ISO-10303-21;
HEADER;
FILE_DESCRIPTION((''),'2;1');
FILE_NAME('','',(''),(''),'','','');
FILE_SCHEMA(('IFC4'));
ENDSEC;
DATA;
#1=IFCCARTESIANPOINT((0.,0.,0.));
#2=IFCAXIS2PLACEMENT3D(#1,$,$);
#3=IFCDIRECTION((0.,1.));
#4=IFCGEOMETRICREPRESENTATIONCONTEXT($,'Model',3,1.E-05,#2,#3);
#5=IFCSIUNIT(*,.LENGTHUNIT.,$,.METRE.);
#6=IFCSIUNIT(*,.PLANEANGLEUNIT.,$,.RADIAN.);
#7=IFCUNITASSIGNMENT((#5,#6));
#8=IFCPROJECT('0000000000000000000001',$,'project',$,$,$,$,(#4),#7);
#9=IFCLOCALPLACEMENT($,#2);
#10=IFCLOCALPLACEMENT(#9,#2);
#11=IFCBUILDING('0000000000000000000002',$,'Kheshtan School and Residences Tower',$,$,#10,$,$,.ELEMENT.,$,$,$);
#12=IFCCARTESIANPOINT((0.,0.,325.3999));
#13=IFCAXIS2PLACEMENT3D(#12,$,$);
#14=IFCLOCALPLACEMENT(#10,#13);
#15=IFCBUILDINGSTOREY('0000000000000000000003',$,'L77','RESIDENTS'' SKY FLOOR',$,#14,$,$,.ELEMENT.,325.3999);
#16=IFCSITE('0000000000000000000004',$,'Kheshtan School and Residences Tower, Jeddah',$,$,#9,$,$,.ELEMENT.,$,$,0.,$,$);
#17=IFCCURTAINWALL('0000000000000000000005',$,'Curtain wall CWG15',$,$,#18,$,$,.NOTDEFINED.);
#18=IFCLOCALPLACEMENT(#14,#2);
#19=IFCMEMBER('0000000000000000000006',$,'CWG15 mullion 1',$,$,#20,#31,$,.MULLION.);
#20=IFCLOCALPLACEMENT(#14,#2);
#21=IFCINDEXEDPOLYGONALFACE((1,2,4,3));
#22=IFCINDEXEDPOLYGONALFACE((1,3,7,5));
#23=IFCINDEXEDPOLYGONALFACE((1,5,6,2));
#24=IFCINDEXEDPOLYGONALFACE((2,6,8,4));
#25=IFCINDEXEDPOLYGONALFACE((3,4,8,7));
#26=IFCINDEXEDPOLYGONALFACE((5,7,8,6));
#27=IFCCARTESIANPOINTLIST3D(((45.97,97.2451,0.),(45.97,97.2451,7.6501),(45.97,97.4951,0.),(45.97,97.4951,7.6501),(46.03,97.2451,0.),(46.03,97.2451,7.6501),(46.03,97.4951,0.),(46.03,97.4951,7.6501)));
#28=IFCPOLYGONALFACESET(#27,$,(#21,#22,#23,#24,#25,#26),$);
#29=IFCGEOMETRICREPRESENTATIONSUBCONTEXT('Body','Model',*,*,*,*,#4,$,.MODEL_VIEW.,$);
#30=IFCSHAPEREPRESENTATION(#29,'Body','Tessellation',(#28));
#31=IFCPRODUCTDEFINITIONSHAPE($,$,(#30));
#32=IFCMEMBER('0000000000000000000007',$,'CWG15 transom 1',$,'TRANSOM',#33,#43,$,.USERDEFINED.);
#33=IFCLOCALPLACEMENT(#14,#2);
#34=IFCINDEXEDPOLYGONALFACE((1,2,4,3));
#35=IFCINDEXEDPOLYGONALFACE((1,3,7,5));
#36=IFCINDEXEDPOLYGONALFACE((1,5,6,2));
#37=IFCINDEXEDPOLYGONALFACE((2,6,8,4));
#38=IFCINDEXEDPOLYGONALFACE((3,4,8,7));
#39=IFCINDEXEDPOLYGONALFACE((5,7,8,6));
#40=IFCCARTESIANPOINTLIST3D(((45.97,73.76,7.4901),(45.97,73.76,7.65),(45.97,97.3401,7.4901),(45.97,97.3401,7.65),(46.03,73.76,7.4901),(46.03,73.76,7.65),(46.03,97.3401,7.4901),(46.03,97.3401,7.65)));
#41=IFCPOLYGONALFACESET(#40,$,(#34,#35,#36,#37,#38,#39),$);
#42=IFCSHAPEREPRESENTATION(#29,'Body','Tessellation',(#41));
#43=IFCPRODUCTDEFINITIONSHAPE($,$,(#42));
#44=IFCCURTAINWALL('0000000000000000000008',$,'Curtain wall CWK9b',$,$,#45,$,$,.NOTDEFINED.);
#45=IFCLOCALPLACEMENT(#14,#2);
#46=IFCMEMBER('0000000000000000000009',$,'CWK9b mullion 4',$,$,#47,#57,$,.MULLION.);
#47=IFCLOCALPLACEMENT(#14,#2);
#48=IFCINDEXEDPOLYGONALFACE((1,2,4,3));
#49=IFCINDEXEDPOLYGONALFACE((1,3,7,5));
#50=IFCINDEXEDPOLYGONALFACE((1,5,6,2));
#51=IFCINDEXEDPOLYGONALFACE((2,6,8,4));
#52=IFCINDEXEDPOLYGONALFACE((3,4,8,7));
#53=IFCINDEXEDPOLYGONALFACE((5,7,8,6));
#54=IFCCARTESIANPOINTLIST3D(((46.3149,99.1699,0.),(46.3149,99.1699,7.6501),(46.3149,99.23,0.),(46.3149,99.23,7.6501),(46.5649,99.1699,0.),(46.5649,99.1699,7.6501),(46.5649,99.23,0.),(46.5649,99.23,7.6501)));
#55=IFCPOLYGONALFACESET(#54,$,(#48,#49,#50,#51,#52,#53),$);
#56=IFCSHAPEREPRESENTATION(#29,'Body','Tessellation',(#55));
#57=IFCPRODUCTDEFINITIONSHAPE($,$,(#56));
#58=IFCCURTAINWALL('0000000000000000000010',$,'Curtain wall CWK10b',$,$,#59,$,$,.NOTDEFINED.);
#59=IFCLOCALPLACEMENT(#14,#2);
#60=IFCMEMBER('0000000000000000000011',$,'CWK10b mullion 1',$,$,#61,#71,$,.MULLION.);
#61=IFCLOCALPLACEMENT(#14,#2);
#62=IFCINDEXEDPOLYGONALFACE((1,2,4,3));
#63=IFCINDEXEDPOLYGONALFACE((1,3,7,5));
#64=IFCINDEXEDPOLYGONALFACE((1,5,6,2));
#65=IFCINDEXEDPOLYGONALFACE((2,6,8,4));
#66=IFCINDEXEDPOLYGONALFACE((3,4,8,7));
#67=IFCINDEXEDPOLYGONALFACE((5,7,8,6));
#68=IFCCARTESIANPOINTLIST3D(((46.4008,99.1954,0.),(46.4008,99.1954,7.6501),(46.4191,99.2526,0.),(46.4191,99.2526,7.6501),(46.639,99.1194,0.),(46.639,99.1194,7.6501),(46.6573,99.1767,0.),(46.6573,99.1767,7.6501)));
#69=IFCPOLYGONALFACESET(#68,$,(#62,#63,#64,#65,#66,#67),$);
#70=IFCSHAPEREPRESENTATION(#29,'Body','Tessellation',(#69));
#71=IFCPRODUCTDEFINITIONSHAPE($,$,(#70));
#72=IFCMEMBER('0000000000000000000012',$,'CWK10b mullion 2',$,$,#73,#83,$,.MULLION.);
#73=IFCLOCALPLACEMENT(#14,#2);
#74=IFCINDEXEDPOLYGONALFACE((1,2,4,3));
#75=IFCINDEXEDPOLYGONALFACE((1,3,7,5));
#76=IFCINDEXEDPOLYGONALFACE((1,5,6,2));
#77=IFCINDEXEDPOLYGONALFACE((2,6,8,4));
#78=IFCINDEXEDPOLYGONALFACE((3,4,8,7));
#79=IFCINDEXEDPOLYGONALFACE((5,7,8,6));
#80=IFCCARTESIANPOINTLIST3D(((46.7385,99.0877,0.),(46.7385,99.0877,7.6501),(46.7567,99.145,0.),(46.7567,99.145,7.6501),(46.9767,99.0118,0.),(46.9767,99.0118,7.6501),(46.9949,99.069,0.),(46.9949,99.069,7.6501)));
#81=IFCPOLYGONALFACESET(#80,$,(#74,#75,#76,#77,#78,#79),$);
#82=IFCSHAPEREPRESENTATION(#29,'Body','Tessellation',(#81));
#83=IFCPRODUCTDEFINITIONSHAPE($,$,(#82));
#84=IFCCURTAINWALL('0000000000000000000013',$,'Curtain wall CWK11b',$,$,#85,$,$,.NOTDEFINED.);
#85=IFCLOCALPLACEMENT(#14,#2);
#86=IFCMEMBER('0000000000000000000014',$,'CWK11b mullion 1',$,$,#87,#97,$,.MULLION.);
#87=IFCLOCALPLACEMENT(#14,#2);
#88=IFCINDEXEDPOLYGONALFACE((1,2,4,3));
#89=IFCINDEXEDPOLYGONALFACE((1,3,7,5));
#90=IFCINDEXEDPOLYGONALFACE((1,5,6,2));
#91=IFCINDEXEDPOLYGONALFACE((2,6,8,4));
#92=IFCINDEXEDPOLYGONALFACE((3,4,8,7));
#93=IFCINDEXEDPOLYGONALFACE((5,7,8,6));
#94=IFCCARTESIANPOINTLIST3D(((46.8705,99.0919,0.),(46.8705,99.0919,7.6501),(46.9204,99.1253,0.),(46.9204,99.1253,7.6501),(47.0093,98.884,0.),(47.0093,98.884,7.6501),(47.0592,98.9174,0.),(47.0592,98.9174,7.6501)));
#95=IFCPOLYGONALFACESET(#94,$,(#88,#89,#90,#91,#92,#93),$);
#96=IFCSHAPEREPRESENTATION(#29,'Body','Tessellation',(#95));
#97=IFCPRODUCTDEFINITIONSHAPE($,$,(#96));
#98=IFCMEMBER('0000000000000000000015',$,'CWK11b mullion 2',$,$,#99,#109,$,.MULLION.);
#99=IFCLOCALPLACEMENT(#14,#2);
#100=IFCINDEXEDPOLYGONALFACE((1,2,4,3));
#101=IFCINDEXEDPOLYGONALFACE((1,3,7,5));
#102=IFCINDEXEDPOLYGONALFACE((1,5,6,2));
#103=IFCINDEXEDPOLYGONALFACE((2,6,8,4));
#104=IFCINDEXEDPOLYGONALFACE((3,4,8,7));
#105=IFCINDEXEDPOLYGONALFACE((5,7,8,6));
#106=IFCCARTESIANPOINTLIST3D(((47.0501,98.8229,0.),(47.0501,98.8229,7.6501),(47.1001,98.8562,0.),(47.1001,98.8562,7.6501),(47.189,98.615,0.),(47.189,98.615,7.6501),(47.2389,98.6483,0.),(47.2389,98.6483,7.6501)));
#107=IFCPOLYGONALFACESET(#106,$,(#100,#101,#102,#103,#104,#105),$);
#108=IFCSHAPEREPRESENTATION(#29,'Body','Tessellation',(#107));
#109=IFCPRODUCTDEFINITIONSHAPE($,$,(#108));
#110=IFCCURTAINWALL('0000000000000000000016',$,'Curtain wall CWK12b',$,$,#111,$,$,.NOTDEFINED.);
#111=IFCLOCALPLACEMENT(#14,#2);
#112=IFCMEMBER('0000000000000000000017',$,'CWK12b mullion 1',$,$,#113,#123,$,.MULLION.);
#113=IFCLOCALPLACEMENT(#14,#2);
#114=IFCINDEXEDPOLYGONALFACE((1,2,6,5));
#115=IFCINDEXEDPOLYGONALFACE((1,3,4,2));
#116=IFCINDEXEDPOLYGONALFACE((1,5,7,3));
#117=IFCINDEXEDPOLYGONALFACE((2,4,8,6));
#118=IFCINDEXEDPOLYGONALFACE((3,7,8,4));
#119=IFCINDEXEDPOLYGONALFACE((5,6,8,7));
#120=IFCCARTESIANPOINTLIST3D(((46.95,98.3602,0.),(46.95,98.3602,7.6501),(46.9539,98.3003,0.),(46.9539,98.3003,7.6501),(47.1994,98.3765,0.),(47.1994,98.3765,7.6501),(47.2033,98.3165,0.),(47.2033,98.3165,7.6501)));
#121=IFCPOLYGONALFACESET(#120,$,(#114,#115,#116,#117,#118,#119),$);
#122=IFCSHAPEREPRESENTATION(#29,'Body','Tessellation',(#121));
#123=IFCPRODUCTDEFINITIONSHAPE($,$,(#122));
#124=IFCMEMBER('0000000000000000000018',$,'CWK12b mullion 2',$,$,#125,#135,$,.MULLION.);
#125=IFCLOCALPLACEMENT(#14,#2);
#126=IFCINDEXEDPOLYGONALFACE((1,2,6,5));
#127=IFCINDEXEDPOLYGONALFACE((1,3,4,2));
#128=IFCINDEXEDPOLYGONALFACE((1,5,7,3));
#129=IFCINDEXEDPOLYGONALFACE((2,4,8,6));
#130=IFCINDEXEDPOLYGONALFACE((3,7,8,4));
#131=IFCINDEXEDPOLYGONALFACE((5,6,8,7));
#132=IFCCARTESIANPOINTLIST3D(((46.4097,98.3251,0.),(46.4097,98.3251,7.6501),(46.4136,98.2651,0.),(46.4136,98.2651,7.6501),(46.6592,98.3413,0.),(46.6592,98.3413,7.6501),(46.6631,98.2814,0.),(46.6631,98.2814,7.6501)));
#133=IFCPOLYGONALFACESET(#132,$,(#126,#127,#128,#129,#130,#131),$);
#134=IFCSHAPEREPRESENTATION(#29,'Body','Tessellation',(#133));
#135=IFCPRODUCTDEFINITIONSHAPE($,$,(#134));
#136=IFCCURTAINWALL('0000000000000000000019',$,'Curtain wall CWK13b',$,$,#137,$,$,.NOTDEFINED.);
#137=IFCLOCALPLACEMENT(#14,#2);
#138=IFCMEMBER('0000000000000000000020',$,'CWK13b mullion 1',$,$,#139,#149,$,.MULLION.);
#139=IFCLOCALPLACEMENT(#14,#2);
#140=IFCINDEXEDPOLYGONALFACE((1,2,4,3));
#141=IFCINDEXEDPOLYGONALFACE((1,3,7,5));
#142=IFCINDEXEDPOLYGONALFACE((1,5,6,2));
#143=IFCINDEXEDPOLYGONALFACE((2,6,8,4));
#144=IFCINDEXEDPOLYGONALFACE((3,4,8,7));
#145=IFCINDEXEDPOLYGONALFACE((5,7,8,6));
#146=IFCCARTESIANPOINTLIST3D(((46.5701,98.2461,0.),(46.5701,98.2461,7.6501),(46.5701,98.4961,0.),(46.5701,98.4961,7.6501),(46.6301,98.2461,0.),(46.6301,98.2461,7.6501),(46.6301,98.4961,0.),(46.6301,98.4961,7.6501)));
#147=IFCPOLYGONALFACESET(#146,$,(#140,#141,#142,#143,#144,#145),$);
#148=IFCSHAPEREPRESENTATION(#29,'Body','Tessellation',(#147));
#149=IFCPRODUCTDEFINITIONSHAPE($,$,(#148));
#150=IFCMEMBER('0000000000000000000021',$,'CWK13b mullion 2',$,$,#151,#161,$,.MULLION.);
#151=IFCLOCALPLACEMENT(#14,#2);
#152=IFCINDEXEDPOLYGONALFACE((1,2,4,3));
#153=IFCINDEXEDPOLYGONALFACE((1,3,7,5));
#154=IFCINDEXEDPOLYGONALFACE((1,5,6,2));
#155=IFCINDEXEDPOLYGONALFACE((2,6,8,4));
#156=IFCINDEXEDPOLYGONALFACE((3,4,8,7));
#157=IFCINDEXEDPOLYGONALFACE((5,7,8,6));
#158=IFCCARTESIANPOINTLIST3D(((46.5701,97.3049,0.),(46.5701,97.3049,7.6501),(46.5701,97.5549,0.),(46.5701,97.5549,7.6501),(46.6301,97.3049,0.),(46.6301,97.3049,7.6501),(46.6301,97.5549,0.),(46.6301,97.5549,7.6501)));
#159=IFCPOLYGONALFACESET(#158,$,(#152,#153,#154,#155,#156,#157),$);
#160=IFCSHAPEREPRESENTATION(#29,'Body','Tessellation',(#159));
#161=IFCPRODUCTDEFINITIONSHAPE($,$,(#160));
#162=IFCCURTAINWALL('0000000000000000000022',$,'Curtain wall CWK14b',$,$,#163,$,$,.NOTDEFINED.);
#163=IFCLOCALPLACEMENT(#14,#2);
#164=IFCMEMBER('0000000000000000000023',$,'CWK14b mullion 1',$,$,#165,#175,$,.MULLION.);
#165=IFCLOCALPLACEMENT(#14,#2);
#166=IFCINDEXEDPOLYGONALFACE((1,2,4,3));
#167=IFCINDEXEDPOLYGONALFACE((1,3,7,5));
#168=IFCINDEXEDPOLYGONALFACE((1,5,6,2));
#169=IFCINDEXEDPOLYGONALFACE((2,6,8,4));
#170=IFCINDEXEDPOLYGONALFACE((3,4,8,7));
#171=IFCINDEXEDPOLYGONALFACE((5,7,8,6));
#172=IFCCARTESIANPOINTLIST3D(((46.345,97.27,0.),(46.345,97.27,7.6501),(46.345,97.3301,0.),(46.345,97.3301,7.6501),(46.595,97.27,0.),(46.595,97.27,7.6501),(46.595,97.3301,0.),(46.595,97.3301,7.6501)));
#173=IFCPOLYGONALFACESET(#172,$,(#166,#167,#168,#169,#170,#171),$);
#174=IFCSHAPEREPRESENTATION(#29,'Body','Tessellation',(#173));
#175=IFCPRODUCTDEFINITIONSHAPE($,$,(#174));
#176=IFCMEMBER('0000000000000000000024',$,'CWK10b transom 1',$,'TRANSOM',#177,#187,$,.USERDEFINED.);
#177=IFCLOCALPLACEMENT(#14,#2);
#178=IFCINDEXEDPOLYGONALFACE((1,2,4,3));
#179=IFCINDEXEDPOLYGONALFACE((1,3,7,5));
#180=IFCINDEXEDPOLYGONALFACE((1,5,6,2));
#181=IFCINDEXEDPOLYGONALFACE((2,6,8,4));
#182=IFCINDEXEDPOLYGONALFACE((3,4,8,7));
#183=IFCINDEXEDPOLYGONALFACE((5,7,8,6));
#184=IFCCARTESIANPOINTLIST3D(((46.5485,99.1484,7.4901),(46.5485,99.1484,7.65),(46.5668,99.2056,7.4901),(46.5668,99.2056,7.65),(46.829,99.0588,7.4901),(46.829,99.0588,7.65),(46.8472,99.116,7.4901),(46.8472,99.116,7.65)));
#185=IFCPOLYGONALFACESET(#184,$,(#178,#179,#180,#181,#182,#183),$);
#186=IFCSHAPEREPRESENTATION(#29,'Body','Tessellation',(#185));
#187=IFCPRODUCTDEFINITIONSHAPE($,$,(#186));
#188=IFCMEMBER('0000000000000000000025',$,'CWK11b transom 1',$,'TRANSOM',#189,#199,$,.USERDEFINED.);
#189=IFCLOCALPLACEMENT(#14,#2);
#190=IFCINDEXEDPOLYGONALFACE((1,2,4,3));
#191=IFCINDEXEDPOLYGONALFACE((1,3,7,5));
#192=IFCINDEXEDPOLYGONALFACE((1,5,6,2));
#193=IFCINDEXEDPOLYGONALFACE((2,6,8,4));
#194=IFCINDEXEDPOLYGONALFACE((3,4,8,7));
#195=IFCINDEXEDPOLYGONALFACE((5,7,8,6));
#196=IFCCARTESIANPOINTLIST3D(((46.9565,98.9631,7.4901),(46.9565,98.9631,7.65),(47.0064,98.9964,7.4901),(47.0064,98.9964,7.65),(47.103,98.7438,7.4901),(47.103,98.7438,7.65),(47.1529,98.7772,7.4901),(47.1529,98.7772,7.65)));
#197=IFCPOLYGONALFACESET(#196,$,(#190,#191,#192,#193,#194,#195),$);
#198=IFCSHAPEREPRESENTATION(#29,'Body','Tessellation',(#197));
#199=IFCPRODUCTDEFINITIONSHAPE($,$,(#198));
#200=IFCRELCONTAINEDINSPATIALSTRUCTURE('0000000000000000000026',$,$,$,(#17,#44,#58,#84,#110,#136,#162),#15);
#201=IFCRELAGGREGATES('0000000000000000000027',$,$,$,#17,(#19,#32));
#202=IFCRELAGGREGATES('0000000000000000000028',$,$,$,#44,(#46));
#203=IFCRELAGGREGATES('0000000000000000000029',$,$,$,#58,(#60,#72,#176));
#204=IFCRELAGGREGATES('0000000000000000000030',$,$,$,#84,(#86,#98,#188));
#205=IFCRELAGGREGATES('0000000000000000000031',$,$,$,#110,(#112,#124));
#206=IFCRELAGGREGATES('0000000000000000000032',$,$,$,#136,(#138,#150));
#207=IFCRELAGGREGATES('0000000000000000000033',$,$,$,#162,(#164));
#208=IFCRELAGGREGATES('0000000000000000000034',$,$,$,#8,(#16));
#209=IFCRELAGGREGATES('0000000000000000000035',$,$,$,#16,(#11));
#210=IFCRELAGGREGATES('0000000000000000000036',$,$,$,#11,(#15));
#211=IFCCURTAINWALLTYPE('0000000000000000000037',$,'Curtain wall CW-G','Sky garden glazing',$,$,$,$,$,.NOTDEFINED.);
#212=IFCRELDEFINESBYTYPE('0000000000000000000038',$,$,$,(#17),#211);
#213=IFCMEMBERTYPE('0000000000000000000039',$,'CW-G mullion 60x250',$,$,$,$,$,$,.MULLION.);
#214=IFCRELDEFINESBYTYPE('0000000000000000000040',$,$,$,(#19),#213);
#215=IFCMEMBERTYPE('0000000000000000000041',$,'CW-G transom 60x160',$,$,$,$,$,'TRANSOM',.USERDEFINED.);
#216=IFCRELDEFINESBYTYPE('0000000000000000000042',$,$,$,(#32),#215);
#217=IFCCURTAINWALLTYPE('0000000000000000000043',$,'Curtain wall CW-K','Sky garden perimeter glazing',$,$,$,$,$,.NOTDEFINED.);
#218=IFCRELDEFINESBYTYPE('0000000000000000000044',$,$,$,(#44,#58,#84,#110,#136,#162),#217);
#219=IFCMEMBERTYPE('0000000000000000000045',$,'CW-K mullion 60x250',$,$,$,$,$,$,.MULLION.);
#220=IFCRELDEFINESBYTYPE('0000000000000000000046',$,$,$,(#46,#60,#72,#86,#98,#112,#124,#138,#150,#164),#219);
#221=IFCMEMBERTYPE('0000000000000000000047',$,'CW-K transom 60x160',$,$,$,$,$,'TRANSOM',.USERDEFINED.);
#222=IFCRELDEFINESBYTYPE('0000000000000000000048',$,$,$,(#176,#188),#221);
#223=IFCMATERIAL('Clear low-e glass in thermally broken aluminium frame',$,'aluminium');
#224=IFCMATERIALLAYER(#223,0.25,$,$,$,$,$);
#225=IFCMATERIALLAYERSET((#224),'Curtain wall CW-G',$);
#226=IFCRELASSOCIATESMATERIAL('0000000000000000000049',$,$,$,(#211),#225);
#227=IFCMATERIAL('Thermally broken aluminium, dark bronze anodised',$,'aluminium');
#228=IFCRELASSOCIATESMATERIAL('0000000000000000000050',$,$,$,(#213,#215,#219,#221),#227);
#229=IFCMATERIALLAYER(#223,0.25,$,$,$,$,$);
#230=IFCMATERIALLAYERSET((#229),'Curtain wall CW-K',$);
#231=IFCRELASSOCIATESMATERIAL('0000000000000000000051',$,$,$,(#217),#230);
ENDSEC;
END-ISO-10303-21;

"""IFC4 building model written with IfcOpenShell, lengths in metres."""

from ifc_helpers import new_model, si_unit, direction, frame, origin, origin_2d, place, context, subcontext, project, spatial, rectangle, extrude, material, layer, layer_set, material_profile, profile_set, type_object, element, aggregate, save


model = new_model("IFC4")

# Units and contexts
model_context = context("Model", 3, precision=1e-05, world=origin(), true_north=direction((0.0, 1.0)))
body_context = subcontext(model_context, "Body", "Model", "MODEL_VIEW")
ifc_project = project(units=[si_unit("LENGTHUNIT", "METRE"), si_unit("PLANEANGLEUNIT", "RADIAN")], contexts=[model_context])

# Site, building, storey
site_placement = place(None, origin())
site = spatial("IfcSite", under=ifc_project, at=site_placement, Name="Kheshtan School and Residences Tower, Jeddah", CompositionType="ELEMENT", RefElevation=0.0)
building_placement = place(site_placement, origin())
building = spatial("IfcBuilding", under=site, at=building_placement, Name="Kheshtan School and Residences Tower", CompositionType="ELEMENT")
storey_placement = place(building_placement, frame((0.0, 0.0, 325.3999)))
storey = spatial("IfcBuildingStorey", under=building, at=storey_placement, Name="L77", Description="RESIDENTS' SKY FLOOR", CompositionType="ELEMENT", Elevation=325.3999)

# Curtain wall, members
ifc_material_1 = material(Name="Clear low-e glass in thermally broken aluminium frame", Category="aluminium")
ifc_layer_1 = layer(ifc_material_1, 0.25)
ifc_layer_set_1 = layer_set([ifc_layer_1], Name="Curtain wall CW-G")
curtain_wall_type_1 = type_object("IfcCurtainWallType", Name="Curtain wall CW-G", Description="Sky garden glazing", PredefinedType="NOTDEFINED", material=ifc_layer_set_1)
curtain_wall_1_placement = place(storey_placement, origin())
curtain_wall_1 = element("IfcCurtainWall", 1, at=curtain_wall_1_placement, inside=storey, type_object=curtain_wall_type_1, Name="Curtain wall CWG15", PredefinedType="NOTDEFINED")
ifc_material_2 = material(Name="Thermally broken aluminium, dark bronze anodised", Category="aluminium")
ifc_material_profile_1 = material_profile(ifc_material_2, rectangle(XDim=0.0601, YDim=0.25, at=origin_2d()), Name="CW-G mullion 60x250")
ifc_profile_set_1 = profile_set([ifc_material_profile_1], Name="Thermally broken aluminium, dark bronze anodised")
member_type_1 = type_object("IfcMemberType", Name="CW-G mullion 60x250", PredefinedType="MULLION", material=ifc_profile_set_1)
member_1_placement = place(storey_placement, frame((46.0, 97.3701, 0.0), z_axis=(0.0, 0.0, 1.0), x_axis=(1.0, 0.0, 0.0)))
member_1 = element("IfcMember", 2, at=member_1_placement, type_object=member_type_1, Name="CWG15 mullion 1", PredefinedType="MULLION", context=body_context, shape_type="SweptSolid", body=[
    extrude(rectangle(XDim=0.0601, YDim=0.25, at=origin_2d()), origin(), (0.0, 0.0, 1.0), 7.6501),
])
ifc_material_profile_2 = material_profile(ifc_material_2, rectangle(XDim=0.0601, YDim=0.1599, at=origin_2d()), Name="CW-G transom 60x160")
ifc_profile_set_2 = profile_set([ifc_material_profile_2], Name="Thermally broken aluminium, dark bronze anodised")
member_type_2 = type_object("IfcMemberType", Name="CW-G transom 60x160", ElementType="TRANSOM", PredefinedType="USERDEFINED", material=ifc_profile_set_2)
member_2_placement = place(storey_placement, frame((46.0, 97.3401, 7.5701), z_axis=(0.0, -1.0, 0.0), x_axis=(1.0, 0.0, 0.0)))
member_2 = element("IfcMember", 3, at=member_2_placement, type_object=member_type_2, Name="CWG15 transom 1", ObjectType="TRANSOM", PredefinedType="USERDEFINED", context=body_context, shape_type="SweptSolid", body=[
    extrude(rectangle(XDim=0.0601, YDim=0.1599, at=origin_2d()), origin(), (0.0, 0.0, 1.0), 23.5801),
])
aggregate(curtain_wall_1, [member_1, member_2])

# Curtain wall, member
ifc_layer_2 = layer(ifc_material_1, 0.25)
ifc_layer_set_2 = layer_set([ifc_layer_2], Name="Curtain wall CW-K")
curtain_wall_type_2 = type_object("IfcCurtainWallType", Name="Curtain wall CW-K", Description="Sky garden perimeter glazing", PredefinedType="NOTDEFINED", material=ifc_layer_set_2)
curtain_wall_2_placement = place(storey_placement, origin())
curtain_wall_2 = element("IfcCurtainWall", 4, at=curtain_wall_2_placement, inside=storey, type_object=curtain_wall_type_2, Name="Curtain wall CWK9b", PredefinedType="NOTDEFINED")
ifc_material_profile_3 = material_profile(ifc_material_2, rectangle(XDim=0.0601, YDim=0.25, at=origin_2d()), Name="CW-K mullion 60x250")
ifc_profile_set_3 = profile_set([ifc_material_profile_3], Name="Thermally broken aluminium, dark bronze anodised")
member_type_3 = type_object("IfcMemberType", Name="CW-K mullion 60x250", PredefinedType="MULLION", material=ifc_profile_set_3)
member_3_placement = place(storey_placement, frame((46.4399, 99.2, 0.0), z_axis=(0.0, 0.0, 1.0), x_axis=(0.0, 1.0, 0.0)))
member_3 = element("IfcMember", 5, at=member_3_placement, type_object=member_type_3, Name="CWK9b mullion 4", PredefinedType="MULLION", context=body_context, shape_type="SweptSolid", body=[
    extrude(rectangle(XDim=0.0601, YDim=0.25, at=origin_2d()), origin(), (0.0, 0.0, 1.0), 7.6501),
])
aggregate(curtain_wall_2, [member_3])

# Curtain walls, members
curtain_wall_3_placement = place(storey_placement, origin())
curtain_wall_3 = element("IfcCurtainWall", 6, at=curtain_wall_3_placement, inside=storey, type_object=curtain_wall_type_2, Name="Curtain wall CWK10b", PredefinedType="NOTDEFINED")
member_4_placement = place(storey_placement, frame((46.5291, 99.186, 0.0), z_axis=(0.0, 0.0, 1.0), x_axis=(0.3039, 0.952704, 0.0)))
member_4 = element("IfcMember", 7, at=member_4_placement, type_object=member_type_3, Name="CWK10b mullion 1", PredefinedType="MULLION", context=body_context, shape_type="SweptSolid", body=[
    extrude(rectangle(XDim=0.0601, YDim=0.25, at=origin_2d()), origin(), (0.0, 0.0, 1.0), 7.6501),
])
member_5_placement = place(storey_placement, frame((46.8667, 99.0784, 0.0), z_axis=(0.0, 0.0, 1.0), x_axis=(0.3039, 0.952704, 0.0)))
member_5 = element("IfcMember", 8, at=member_5_placement, type_object=member_type_3, Name="CWK10b mullion 2", PredefinedType="MULLION", context=body_context, shape_type="SweptSolid", body=[
    extrude(rectangle(XDim=0.0601, YDim=0.25, at=origin_2d()), origin(), (0.0, 0.0, 1.0), 7.6501),
])
curtain_wall_4_placement = place(storey_placement, origin())
curtain_wall_4 = element("IfcCurtainWall", 9, at=curtain_wall_4_placement, inside=storey, type_object=curtain_wall_type_2, Name="Curtain wall CWK11b", PredefinedType="NOTDEFINED")
member_6_placement = place(storey_placement, frame((46.9648, 99.0046, 0.0), z_axis=(0.0, 0.0, 1.0), x_axis=(0.831649, 0.555302, 0.0)))
member_6 = element("IfcMember", 10, at=member_6_placement, type_object=member_type_3, Name="CWK11b mullion 1", PredefinedType="MULLION", context=body_context, shape_type="SweptSolid", body=[
    extrude(rectangle(XDim=0.0601, YDim=0.25, at=origin_2d()), origin(), (0.0, 0.0, 1.0), 7.6501),
])
member_7_placement = place(storey_placement, frame((47.1445, 98.7356, 0.0), z_axis=(0.0, 0.0, 1.0), x_axis=(0.831649, 0.555302, 0.0)))
member_7 = element("IfcMember", 11, at=member_7_placement, type_object=member_type_3, Name="CWK11b mullion 2", PredefinedType="MULLION", context=body_context, shape_type="SweptSolid", body=[
    extrude(rectangle(XDim=0.0601, YDim=0.25, at=origin_2d()), origin(), (0.0, 0.0, 1.0), 7.6501),
])
curtain_wall_5_placement = place(storey_placement, origin())
curtain_wall_5 = element("IfcCurtainWall", 12, at=curtain_wall_5_placement, inside=storey, type_object=curtain_wall_type_2, Name="Curtain wall CWK12b", PredefinedType="NOTDEFINED")
member_8_placement = place(storey_placement, frame((47.0767, 98.3384, 0.0), z_axis=(0.0, 0.0, 1.0), x_axis=(0.064863, -0.997894, 0.0)))
member_8 = element("IfcMember", 13, at=member_8_placement, type_object=member_type_3, Name="CWK12b mullion 1", PredefinedType="MULLION", context=body_context, shape_type="SweptSolid", body=[
    extrude(rectangle(XDim=0.0601, YDim=0.25, at=origin_2d()), origin(), (0.0, 0.0, 1.0), 7.6501),
])
member_9_placement = place(storey_placement, frame((46.5364, 98.3032, 0.0), z_axis=(0.0, 0.0, 1.0), x_axis=(0.064863, -0.997894, 0.0)))
member_9 = element("IfcMember", 14, at=member_9_placement, type_object=member_type_3, Name="CWK12b mullion 2", PredefinedType="MULLION", context=body_context, shape_type="SweptSolid", body=[
    extrude(rectangle(XDim=0.0601, YDim=0.25, at=origin_2d()), origin(), (0.0, 0.0, 1.0), 7.6501),
])
curtain_wall_6_placement = place(storey_placement, origin())
curtain_wall_6 = element("IfcCurtainWall", 15, at=curtain_wall_6_placement, inside=storey, type_object=curtain_wall_type_2, Name="Curtain wall CWK13b", PredefinedType="NOTDEFINED")
member_10_placement = place(storey_placement, frame((46.6001, 98.3711, 0.0), z_axis=(0.0, 0.0, 1.0), x_axis=(1.0, 0.0, 0.0)))
member_10 = element("IfcMember", 16, at=member_10_placement, type_object=member_type_3, Name="CWK13b mullion 1", PredefinedType="MULLION", context=body_context, shape_type="SweptSolid", body=[
    extrude(rectangle(XDim=0.0601, YDim=0.25, at=origin_2d()), origin(), (0.0, 0.0, 1.0), 7.6501),
])
member_11_placement = place(storey_placement, frame((46.6001, 97.4299, 0.0), z_axis=(0.0, 0.0, 1.0), x_axis=(1.0, 0.0, 0.0)))
member_11 = element("IfcMember", 17, at=member_11_placement, type_object=member_type_3, Name="CWK13b mullion 2", PredefinedType="MULLION", context=body_context, shape_type="SweptSolid", body=[
    extrude(rectangle(XDim=0.0601, YDim=0.25, at=origin_2d()), origin(), (0.0, 0.0, 1.0), 7.6501),
])

# Curtain wall, member
curtain_wall_7_placement = place(storey_placement, origin())
curtain_wall_7 = element("IfcCurtainWall", 18, at=curtain_wall_7_placement, inside=storey, type_object=curtain_wall_type_2, Name="Curtain wall CWK14b", PredefinedType="NOTDEFINED")
member_12_placement = place(storey_placement, frame((46.47, 97.3, 0.0), z_axis=(0.0, 0.0, 1.0), x_axis=(0.0, -1.0, 0.0)))
member_12 = element("IfcMember", 19, at=member_12_placement, type_object=member_type_3, Name="CWK14b mullion 1", PredefinedType="MULLION", context=body_context, shape_type="SweptSolid", body=[
    extrude(rectangle(XDim=0.0601, YDim=0.25, at=origin_2d()), origin(), (0.0, 0.0, 1.0), 7.6501),
])

# Members
ifc_material_profile_4 = material_profile(ifc_material_2, rectangle(XDim=0.0601, YDim=0.1599, at=origin_2d()), Name="CW-K transom 60x160")
ifc_profile_set_4 = profile_set([ifc_material_profile_4], Name="Thermally broken aluminium, dark bronze anodised")
member_type_4 = type_object("IfcMemberType", Name="CW-K transom 60x160", ElementType="TRANSOM", PredefinedType="USERDEFINED", material=ifc_profile_set_4)
member_13_placement = place(storey_placement, frame((46.5576, 99.177, 7.5701), z_axis=(0.952588, -0.304264, 0.0), x_axis=(0.304264, 0.952588, 0.0)))
member_13 = element("IfcMember", 20, at=member_13_placement, type_object=member_type_4, Name="CWK10b transom 1", ObjectType="TRANSOM", PredefinedType="USERDEFINED", context=body_context, shape_type="SweptSolid", body=[
    extrude(rectangle(XDim=0.0601, YDim=0.1599, at=origin_2d()), origin(), (0.0, 0.0, 1.0), 0.2944),
])
member_14_placement = place(storey_placement, frame((46.9814, 98.9797, 7.5701), z_axis=(0.555555, -0.83148, 0.0), x_axis=(0.83148, 0.555555, 0.0)))
member_14 = element("IfcMember", 21, at=member_14_placement, type_object=member_type_4, Name="CWK11b transom 1", ObjectType="TRANSOM", PredefinedType="USERDEFINED", context=body_context, shape_type="SweptSolid", body=[
    extrude(rectangle(XDim=0.0601, YDim=0.1599, at=origin_2d()), origin(), (0.0, 0.0, 1.0), 0.2637),
])

aggregate(curtain_wall_3, [member_4, member_5, member_13])
aggregate(curtain_wall_4, [member_6, member_7, member_14])
aggregate(curtain_wall_5, [member_8, member_9])
aggregate(curtain_wall_6, [member_10, member_11])
aggregate(curtain_wall_7, [member_12])

save(model, "model.ifc")
